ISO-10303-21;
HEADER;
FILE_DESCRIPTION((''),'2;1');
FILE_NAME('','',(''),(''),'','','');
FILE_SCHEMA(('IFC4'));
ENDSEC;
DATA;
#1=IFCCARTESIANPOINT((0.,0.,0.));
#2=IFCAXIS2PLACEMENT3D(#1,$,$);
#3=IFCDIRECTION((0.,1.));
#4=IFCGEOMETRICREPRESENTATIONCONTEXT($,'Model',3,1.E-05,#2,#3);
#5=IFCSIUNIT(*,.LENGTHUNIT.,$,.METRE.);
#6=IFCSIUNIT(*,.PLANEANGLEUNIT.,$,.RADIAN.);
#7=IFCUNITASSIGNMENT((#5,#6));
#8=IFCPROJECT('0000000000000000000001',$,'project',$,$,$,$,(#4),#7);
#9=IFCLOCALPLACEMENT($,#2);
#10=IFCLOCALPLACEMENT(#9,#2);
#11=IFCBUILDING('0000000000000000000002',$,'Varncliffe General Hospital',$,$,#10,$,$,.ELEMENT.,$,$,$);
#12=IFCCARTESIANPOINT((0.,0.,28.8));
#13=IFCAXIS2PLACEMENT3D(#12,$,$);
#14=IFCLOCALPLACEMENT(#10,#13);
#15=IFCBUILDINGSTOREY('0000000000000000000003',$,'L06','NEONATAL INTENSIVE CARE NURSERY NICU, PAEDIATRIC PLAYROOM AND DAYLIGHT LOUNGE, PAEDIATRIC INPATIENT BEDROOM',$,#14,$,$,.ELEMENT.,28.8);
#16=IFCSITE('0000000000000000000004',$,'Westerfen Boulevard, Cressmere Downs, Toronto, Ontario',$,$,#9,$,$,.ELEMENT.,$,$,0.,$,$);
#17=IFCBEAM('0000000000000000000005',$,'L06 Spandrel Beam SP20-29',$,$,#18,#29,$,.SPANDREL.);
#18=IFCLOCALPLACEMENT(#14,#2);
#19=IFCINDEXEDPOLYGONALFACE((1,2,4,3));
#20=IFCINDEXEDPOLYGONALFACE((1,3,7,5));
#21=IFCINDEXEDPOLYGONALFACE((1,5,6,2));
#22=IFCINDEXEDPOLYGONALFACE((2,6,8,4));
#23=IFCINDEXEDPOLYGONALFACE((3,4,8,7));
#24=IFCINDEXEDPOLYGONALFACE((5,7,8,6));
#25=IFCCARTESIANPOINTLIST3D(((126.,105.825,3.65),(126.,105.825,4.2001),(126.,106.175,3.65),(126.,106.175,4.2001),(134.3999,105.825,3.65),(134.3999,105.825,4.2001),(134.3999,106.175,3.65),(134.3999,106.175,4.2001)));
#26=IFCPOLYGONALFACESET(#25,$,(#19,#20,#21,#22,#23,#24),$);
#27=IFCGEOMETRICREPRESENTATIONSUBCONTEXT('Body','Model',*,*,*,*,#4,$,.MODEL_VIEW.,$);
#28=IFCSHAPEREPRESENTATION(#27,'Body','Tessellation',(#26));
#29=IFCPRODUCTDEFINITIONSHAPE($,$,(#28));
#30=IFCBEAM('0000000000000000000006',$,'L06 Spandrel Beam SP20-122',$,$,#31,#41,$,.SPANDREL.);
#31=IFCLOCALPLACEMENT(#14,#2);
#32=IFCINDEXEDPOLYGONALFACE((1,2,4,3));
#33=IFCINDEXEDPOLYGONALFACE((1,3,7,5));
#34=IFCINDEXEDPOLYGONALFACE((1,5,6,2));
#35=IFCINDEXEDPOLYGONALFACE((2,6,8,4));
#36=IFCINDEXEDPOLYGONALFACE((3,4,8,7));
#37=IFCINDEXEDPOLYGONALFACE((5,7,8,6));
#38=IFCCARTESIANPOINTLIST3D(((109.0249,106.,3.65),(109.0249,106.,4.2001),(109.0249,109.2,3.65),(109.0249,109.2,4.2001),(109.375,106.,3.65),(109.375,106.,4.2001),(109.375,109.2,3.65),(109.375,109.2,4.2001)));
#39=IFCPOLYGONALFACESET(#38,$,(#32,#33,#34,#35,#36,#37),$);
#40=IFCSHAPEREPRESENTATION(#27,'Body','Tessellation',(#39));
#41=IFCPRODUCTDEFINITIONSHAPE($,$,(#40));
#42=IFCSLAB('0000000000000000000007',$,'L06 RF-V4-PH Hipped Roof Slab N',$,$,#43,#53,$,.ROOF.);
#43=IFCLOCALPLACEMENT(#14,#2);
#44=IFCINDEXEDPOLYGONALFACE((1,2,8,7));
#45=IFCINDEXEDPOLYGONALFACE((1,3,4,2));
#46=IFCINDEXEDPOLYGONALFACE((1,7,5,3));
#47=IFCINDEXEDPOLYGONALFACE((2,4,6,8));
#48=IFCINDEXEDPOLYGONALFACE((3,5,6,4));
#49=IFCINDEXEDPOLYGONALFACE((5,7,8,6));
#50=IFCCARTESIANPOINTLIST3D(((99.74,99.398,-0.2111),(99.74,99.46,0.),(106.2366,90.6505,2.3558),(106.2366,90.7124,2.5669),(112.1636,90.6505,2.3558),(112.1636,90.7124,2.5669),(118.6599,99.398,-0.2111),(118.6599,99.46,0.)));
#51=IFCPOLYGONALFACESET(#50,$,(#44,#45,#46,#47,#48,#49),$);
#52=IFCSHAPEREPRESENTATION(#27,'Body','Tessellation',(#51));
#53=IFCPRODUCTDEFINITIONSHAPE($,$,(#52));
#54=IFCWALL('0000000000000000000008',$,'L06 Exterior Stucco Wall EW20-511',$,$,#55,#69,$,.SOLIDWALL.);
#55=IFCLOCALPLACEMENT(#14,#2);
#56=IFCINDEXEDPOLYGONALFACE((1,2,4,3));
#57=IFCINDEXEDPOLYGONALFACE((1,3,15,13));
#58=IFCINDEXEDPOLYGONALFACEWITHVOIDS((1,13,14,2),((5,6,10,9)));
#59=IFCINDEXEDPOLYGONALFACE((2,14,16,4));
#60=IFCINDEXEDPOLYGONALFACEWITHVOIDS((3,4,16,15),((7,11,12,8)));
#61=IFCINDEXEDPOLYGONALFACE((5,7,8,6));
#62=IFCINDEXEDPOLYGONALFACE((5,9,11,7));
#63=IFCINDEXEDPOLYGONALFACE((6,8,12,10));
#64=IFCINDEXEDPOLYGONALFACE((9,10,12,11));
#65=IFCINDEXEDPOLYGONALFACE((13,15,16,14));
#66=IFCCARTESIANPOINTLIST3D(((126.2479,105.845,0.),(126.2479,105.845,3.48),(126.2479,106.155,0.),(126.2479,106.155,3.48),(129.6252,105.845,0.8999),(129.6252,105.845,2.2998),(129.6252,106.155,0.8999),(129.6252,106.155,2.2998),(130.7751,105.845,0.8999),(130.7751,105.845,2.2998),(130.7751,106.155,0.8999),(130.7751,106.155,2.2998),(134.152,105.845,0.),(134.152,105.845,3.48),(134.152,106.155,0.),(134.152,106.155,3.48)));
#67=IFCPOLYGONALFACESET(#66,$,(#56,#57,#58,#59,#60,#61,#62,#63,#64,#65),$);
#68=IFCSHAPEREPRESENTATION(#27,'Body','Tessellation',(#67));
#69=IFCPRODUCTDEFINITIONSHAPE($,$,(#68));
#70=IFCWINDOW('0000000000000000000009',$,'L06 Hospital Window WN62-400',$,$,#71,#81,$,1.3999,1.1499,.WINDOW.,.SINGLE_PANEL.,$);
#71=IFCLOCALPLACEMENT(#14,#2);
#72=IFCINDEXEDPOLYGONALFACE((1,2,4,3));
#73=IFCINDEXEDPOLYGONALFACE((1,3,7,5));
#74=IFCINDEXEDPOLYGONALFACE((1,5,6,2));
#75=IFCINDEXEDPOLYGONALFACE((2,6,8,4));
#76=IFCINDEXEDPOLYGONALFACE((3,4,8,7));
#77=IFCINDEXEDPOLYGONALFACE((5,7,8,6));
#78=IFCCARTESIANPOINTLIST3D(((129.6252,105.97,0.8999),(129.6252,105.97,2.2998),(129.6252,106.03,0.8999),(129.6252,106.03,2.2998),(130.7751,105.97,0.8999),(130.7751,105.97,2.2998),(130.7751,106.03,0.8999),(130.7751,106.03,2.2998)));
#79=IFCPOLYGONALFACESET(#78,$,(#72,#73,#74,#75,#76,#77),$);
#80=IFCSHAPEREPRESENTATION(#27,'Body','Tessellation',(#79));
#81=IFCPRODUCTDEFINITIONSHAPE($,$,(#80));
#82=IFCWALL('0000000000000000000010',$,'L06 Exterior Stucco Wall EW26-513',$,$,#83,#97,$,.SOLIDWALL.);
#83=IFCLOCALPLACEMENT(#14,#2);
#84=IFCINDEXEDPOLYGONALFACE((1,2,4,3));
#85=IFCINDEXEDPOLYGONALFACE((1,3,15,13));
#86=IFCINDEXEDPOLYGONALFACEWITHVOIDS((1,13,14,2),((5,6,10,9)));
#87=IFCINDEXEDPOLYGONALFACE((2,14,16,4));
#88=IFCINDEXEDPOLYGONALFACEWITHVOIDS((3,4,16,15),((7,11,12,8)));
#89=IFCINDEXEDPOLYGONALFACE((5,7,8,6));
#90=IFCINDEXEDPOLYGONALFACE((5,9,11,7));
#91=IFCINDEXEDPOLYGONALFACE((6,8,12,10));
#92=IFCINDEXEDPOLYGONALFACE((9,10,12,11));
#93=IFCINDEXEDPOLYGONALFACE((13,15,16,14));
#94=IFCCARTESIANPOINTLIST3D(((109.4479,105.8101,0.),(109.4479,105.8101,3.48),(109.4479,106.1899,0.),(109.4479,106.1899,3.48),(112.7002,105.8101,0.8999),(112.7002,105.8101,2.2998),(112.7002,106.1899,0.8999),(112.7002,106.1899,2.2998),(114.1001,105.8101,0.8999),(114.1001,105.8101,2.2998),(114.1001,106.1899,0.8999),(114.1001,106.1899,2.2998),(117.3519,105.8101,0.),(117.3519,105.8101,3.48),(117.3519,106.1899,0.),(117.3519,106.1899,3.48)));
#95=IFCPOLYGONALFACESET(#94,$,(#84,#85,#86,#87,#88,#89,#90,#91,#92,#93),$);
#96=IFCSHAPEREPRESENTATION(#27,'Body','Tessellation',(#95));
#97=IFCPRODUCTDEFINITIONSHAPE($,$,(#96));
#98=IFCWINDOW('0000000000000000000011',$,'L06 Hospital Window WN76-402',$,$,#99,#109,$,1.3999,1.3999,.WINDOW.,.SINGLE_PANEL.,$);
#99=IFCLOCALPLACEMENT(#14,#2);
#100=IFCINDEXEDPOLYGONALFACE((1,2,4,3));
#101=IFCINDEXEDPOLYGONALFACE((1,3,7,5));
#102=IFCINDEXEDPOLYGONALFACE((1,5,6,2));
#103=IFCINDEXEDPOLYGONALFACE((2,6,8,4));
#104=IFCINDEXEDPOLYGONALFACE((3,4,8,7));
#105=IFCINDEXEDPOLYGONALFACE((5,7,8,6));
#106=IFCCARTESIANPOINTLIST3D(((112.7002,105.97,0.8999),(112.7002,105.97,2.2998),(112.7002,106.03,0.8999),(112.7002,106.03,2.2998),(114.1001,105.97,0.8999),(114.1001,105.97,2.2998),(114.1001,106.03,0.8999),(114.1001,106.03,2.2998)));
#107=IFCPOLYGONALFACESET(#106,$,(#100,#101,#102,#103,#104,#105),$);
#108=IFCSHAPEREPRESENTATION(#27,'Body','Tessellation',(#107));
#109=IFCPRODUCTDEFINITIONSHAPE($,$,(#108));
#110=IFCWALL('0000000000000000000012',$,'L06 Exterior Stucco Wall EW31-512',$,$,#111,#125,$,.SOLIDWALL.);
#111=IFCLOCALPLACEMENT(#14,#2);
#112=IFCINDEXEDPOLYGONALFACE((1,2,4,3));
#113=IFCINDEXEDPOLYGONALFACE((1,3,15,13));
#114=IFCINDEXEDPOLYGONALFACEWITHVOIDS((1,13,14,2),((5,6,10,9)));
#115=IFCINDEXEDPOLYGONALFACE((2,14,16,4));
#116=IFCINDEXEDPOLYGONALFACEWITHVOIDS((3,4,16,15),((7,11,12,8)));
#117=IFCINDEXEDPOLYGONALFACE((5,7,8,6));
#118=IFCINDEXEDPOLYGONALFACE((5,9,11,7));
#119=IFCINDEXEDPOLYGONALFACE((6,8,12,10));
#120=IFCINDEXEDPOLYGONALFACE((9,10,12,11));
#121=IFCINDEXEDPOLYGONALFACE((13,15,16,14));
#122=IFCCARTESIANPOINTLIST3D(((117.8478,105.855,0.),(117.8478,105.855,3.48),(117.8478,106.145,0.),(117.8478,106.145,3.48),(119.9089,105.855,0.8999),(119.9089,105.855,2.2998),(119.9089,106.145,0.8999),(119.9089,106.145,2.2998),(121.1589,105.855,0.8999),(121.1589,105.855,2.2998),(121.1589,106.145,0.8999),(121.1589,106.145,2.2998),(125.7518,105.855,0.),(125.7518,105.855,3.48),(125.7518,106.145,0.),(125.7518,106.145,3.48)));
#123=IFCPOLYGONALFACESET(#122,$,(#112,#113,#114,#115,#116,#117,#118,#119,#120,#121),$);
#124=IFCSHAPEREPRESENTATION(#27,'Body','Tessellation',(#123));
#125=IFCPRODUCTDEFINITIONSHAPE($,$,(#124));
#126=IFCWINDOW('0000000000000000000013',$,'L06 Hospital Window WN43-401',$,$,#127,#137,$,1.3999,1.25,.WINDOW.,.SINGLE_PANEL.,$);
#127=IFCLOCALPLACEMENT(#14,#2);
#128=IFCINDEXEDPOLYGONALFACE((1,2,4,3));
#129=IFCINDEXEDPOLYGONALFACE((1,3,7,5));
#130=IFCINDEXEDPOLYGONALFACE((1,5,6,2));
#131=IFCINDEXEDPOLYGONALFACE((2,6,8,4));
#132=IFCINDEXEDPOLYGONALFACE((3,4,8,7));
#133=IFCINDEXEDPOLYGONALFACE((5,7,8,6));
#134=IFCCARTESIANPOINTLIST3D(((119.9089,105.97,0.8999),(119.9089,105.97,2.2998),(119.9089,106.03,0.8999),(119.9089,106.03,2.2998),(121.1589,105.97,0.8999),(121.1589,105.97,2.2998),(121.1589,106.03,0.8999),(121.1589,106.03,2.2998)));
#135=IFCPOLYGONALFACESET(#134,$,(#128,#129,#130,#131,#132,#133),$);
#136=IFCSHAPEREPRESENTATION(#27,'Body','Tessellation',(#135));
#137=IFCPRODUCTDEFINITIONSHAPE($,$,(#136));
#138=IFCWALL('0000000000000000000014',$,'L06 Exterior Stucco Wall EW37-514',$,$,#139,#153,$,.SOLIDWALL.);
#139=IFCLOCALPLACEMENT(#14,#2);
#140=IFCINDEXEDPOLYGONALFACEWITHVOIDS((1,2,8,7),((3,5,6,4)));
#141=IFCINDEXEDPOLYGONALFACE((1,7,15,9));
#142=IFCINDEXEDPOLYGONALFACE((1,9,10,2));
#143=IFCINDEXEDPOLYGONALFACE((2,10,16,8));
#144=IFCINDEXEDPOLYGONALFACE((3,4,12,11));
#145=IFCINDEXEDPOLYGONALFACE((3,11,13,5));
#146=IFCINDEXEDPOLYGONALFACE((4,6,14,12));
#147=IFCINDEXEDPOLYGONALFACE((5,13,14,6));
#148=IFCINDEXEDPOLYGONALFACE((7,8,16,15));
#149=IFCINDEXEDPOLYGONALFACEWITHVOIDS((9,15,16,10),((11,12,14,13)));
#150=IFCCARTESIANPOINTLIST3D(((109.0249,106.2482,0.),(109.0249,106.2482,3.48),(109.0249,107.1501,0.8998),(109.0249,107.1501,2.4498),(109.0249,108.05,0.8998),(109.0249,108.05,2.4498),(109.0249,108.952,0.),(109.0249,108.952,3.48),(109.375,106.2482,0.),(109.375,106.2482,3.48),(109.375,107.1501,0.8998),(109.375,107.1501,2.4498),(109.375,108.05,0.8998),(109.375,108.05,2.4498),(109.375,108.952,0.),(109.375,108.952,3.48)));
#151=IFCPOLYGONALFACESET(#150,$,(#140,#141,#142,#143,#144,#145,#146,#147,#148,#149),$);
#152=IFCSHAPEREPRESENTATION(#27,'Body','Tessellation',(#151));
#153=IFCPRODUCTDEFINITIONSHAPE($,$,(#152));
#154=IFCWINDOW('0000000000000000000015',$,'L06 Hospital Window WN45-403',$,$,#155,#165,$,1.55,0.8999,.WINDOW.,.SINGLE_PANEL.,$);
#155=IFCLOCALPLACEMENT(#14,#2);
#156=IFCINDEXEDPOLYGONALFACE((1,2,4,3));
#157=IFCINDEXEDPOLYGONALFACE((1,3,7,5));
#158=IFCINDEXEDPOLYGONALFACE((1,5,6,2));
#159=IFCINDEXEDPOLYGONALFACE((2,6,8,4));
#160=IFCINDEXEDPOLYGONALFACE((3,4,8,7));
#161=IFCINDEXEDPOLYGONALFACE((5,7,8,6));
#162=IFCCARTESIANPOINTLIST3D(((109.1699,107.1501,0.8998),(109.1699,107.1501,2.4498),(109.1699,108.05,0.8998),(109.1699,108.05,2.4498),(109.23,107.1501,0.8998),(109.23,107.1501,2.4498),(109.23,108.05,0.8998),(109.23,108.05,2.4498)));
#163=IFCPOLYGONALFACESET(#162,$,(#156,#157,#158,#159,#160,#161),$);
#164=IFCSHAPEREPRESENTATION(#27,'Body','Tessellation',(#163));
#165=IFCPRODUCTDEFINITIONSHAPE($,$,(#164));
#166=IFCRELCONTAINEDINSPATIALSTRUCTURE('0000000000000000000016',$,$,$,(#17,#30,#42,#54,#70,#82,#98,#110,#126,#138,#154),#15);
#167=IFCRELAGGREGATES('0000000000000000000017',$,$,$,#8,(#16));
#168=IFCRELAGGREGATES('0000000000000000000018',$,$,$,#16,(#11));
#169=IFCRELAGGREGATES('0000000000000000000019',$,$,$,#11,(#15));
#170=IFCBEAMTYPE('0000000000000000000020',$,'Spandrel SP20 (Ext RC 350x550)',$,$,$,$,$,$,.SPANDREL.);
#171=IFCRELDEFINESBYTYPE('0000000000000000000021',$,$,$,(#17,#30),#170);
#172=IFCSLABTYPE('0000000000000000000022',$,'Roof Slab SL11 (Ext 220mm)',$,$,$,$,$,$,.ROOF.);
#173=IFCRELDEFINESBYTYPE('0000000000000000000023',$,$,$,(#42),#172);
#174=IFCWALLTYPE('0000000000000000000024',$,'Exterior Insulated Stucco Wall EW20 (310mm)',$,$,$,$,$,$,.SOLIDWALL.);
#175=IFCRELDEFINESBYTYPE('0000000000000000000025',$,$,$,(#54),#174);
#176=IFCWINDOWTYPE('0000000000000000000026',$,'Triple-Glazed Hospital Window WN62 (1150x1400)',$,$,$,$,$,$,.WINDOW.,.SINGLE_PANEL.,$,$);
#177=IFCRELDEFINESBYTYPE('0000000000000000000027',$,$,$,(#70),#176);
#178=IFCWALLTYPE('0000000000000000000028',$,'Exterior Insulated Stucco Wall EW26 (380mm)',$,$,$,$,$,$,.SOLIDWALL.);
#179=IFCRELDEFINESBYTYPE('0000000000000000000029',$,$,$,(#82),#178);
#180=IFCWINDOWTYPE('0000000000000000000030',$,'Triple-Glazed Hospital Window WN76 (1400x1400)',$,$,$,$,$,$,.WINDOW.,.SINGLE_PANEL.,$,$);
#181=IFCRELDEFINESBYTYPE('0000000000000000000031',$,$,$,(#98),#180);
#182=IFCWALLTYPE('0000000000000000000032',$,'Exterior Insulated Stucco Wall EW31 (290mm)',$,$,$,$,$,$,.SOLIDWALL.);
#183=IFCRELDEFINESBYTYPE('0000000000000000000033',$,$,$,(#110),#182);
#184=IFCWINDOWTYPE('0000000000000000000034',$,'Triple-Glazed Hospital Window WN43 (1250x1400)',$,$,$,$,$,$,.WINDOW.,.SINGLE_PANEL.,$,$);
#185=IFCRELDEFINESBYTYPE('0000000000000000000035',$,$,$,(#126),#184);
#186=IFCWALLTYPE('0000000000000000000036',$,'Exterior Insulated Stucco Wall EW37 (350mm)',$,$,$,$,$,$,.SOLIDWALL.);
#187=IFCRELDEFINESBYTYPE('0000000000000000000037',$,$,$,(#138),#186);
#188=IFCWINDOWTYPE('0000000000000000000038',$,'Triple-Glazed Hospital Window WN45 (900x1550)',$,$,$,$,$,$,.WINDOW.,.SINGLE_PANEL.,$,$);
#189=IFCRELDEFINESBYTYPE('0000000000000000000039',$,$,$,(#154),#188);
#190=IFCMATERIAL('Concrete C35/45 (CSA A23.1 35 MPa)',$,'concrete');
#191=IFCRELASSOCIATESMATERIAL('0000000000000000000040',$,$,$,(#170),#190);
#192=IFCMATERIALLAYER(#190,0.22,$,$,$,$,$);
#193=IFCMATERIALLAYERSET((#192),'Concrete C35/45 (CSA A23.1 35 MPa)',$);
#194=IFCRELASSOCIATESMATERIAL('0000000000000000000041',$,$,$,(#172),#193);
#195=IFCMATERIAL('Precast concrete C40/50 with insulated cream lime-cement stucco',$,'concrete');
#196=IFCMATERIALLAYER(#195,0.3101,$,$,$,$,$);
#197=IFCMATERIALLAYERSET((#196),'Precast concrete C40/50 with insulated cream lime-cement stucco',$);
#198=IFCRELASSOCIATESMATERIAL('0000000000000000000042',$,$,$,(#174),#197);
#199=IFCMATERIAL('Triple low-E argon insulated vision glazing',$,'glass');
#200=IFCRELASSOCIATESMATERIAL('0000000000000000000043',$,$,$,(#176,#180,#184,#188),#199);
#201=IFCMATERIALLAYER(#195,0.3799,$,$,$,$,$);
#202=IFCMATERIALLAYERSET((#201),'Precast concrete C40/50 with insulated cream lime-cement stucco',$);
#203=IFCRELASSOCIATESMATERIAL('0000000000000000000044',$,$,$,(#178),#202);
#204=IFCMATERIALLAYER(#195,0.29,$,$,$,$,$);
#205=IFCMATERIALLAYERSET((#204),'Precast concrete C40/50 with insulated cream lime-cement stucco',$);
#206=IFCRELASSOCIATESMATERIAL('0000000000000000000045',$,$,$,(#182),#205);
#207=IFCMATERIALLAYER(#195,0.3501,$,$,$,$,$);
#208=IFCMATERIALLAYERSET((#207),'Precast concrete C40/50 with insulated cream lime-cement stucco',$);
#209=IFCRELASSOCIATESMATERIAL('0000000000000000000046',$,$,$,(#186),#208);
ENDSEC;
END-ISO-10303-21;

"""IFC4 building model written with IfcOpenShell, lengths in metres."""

from ifc_helpers import new_model, si_unit, direction, frame, frame_2d, origin, origin_2d, place, context, subcontext, project, spatial, polyline, rectangle, outline, extrude, material, layer, layer_set, material_profile, profile_set, type_object, element, fill, save


model = new_model("IFC4")

# Units and contexts
model_context = context("Model", 3, precision=1e-05, world=origin(), true_north=direction((0.0, 1.0)))
body_context = subcontext(model_context, "Body", "Model", "MODEL_VIEW")
ifc_project = project(units=[si_unit("LENGTHUNIT", "METRE"), si_unit("PLANEANGLEUNIT", "RADIAN")], contexts=[model_context])

# Site, building, storey
site_placement = place(None, origin())
site = spatial("IfcSite", under=ifc_project, at=site_placement, Name="Westerfen Boulevard, Cressmere Downs, Toronto, Ontario", CompositionType="ELEMENT", RefElevation=0.0)
building_placement = place(site_placement, origin())
building = spatial("IfcBuilding", under=site, at=building_placement, Name="Varncliffe General Hospital", CompositionType="ELEMENT")
storey_placement = place(building_placement, frame((0.0, 0.0, 28.8)))
storey = spatial("IfcBuildingStorey", under=building, at=storey_placement, Name="L06", Description="NEONATAL INTENSIVE CARE NURSERY NICU, PAEDIATRIC PLAYROOM AND DAYLIGHT LOUNGE, PAEDIATRIC INPATIENT BEDROOM", CompositionType="ELEMENT", Elevation=28.8)

# Shared definitions
ifc_material_1 = material(Name="Concrete C35/45 (CSA A23.1 35 MPa)", Category="concrete")

# Beams
ifc_material_profile_1 = material_profile(ifc_material_1, rectangle(XDim=0.3501, YDim=0.55, at=origin_2d()), Name="RC 350x550")
ifc_profile_set_1 = profile_set([ifc_material_profile_1], Name="Concrete C35/45 (CSA A23.1 35 MPa)")
beam_type_1 = type_object("IfcBeamType", Name="Spandrel SP20 (Ext RC 350x550)", PredefinedType="SPANDREL", material=ifc_profile_set_1)
for number, where, z_axis, x_axis, name in (
    (1, (126.0, 106.0, 3.925), (1.0, 0.0, 0.0), (0.0, 1.0, 0.0), "L06 Spandrel Beam SP20-29"),
):
    element("IfcBeam", number, at=place(storey_placement, frame(where, z_axis=z_axis, x_axis=x_axis)), inside=storey, type_object=beam_type_1, Name=name, PredefinedType="SPANDREL", context=body_context, shape_type="SweptSolid", body=[
        extrude(rectangle(XDim=0.3501, YDim=0.55, at=origin_2d()), origin(), (0.0, 0.0, 1.0), 8.3999),
    ])
beam_1_placement = place(storey_placement, frame((109.2, 106.0, 3.925), z_axis=(0.0, 1.0, 0.0), x_axis=(-1.0, 0.0, 0.0)))
element("IfcBeam", 2, at=beam_1_placement, inside=storey, type_object=beam_type_1, Name="L06 Spandrel Beam SP20-122", PredefinedType="SPANDREL", context=body_context, shape_type="SweptSolid", body=[
    extrude(rectangle(XDim=0.3501, YDim=0.55, at=origin_2d()), origin(), (0.0, 0.0, 1.0), 3.2),
])

# Slab
ifc_layer_1 = layer(ifc_material_1, 0.22)
ifc_layer_set_1 = layer_set([ifc_layer_1], Name="Concrete C35/45 (CSA A23.1 35 MPa)")
slab_type = type_object("IfcSlabType", Name="Roof Slab SL11 (Ext 220mm)", PredefinedType="ROOF", material=ifc_layer_set_1)
slab_placement = place(storey_placement, frame((118.6599, 99.46, 0.0), z_axis=(0.0, 0.281569, 0.959541), x_axis=(-1.0, 0.0, 0.0)))
element("IfcSlab", 3, at=slab_placement, inside=storey, type_object=slab_type, Name="L06 RF-V4-PH Hipped Roof Slab N", PredefinedType="ROOF", context=body_context, shape_type="SweptSolid", body=[
    extrude(outline(polyline([(0.0, 0.0), (18.9199, 0.0), (12.4233, 9.1164), (6.4963, 9.1164), (0.0, 0.0)])), origin(), (0.0, 0.0, -1.0), 0.22),
])

# Walls, openings, windows
ifc_material_2 = material(Name="Precast concrete C40/50 with insulated cream lime-cement stucco", Category="concrete")
ifc_layer_2 = layer(ifc_material_2, 0.3101)
ifc_layer_set_2 = layer_set([ifc_layer_2], Name="Precast concrete C40/50 with insulated cream lime-cement stucco")
wall_type_1 = type_object("IfcWallType", Name="Exterior Insulated Stucco Wall EW20 (310mm)", PredefinedType="SOLIDWALL", material=ifc_layer_set_2)
wall_1_placement = place(storey_placement, frame((134.1521, 106.0, 0.0), z_axis=(0.0, 0.0, 1.0), x_axis=(-1.0, 0.0, 0.0)))
wall_1 = element("IfcWall", 4, at=wall_1_placement, inside=storey, type_object=wall_type_1, Name="L06 Exterior Stucco Wall EW20-511", PredefinedType="SOLIDWALL", context=body_context, shape_type="SweptSolid", body=[
    extrude(rectangle(XDim=7.9041, YDim=0.3101, at=frame_2d((3.9521, 0.0))), origin(), (0.0, 0.0, 1.0), 3.48),
])
opening_1_placement = place(wall_1_placement, frame((3.377, 0.0, 0.8999)))
opening_1 = element("IfcOpeningElement", 5, at=opening_1_placement, cuts=wall_1, PredefinedType="OPENING", context=body_context, shape_type="SweptSolid", body=[
    extrude(rectangle(XDim=1.1499, YDim=1.3999, at=frame_2d((0.575, 0.7))), frame((0.0, 0.165, 0.0), z_axis=(0.0, -1.0, 0.0), x_axis=(1.0, 0.0, 0.0)), (0.0, 0.0, 1.0), 0.3301),
])
ifc_material_3 = material(Name="Triple low-E argon insulated vision glazing", Category="glass")
window_type_1 = type_object("IfcWindowType", Name="Triple-Glazed Hospital Window WN62 (1150x1400)", PartitioningType="SINGLE_PANEL", PredefinedType="WINDOW", material=ifc_material_3)
window_1_placement = place(opening_1_placement, origin())
window_1 = element("IfcWindow", 6, at=window_1_placement, inside=storey, type_object=window_type_1, Name="L06 Hospital Window WN62-400", OverallHeight=1.3999, OverallWidth=1.1499, PartitioningType="SINGLE_PANEL", PredefinedType="WINDOW", context=body_context, shape_type="SweptSolid", body=[
    extrude(rectangle(XDim=1.1499, YDim=1.3999, at=frame_2d((0.575, 0.7))), frame((0.0, 0.03, 0.0), z_axis=(0.0, -1.0, 0.0), x_axis=(1.0, 0.0, 0.0)), (0.0, 0.0, 1.0), 0.0601),
])
fill(opening_1, window_1)
ifc_layer_3 = layer(ifc_material_2, 0.3799)
ifc_layer_set_3 = layer_set([ifc_layer_3], Name="Precast concrete C40/50 with insulated cream lime-cement stucco")
wall_type_2 = type_object("IfcWallType", Name="Exterior Insulated Stucco Wall EW26 (380mm)", PredefinedType="SOLIDWALL", material=ifc_layer_set_3)
wall_2_placement = place(storey_placement, frame((117.3521, 106.0, 0.0), z_axis=(0.0, 0.0, 1.0), x_axis=(-1.0, 0.0, 0.0)))
wall_2 = element("IfcWall", 7, at=wall_2_placement, inside=storey, type_object=wall_type_2, Name="L06 Exterior Stucco Wall EW26-513", PredefinedType="SOLIDWALL", context=body_context, shape_type="SweptSolid", body=[
    extrude(rectangle(XDim=7.9041, YDim=0.3799, at=frame_2d((3.9521, 0.0))), origin(), (0.0, 0.0, 1.0), 3.48),
])
opening_2_placement = place(wall_2_placement, frame((3.252, 0.0, 0.8999)))
opening_2 = element("IfcOpeningElement", 8, at=opening_2_placement, cuts=wall_2, PredefinedType="OPENING", context=body_context, shape_type="SweptSolid", body=[
    extrude(rectangle(XDim=1.3999, YDim=1.3999, at=frame_2d((0.7, 0.7))), frame((0.0, 0.2, 0.0), z_axis=(0.0, -1.0, 0.0), x_axis=(1.0, 0.0, 0.0)), (0.0, 0.0, 1.0), 0.3999),
])
window_type_2 = type_object("IfcWindowType", Name="Triple-Glazed Hospital Window WN76 (1400x1400)", PartitioningType="SINGLE_PANEL", PredefinedType="WINDOW", material=ifc_material_3)
window_2_placement = place(opening_2_placement, origin())
window_2 = element("IfcWindow", 9, at=window_2_placement, inside=storey, type_object=window_type_2, Name="L06 Hospital Window WN76-402", OverallHeight=1.3999, OverallWidth=1.3999, PartitioningType="SINGLE_PANEL", PredefinedType="WINDOW", context=body_context, shape_type="SweptSolid", body=[
    extrude(rectangle(XDim=1.3999, YDim=1.3999, at=frame_2d((0.7, 0.7))), frame((0.0, 0.03, 0.0), z_axis=(0.0, -1.0, 0.0), x_axis=(1.0, 0.0, 0.0)), (0.0, 0.0, 1.0), 0.0601),
])
fill(opening_2, window_2)
ifc_layer_4 = layer(ifc_material_2, 0.29)
ifc_layer_set_4 = layer_set([ifc_layer_4], Name="Precast concrete C40/50 with insulated cream lime-cement stucco")
wall_type_3 = type_object("IfcWallType", Name="Exterior Insulated Stucco Wall EW31 (290mm)", PredefinedType="SOLIDWALL", material=ifc_layer_set_4)
wall_3_placement = place(storey_placement, frame((125.752, 106.0, 0.0), z_axis=(0.0, 0.0, 1.0), x_axis=(-1.0, 0.0, 0.0)))
wall_3 = element("IfcWall", 10, at=wall_3_placement, inside=storey, type_object=wall_type_3, Name="L06 Exterior Stucco Wall EW31-512", PredefinedType="SOLIDWALL", context=body_context, shape_type="SweptSolid", body=[
    extrude(rectangle(XDim=7.9041, YDim=0.29, at=frame_2d((3.9521, 0.0))), origin(), (0.0, 0.0, 1.0), 3.48),
])
opening_3_placement = place(wall_3_placement, frame((4.593, 0.0, 0.8999)))
opening_3 = element("IfcOpeningElement", 11, at=opening_3_placement, cuts=wall_3, PredefinedType="OPENING", context=body_context, shape_type="SweptSolid", body=[
    extrude(rectangle(XDim=1.25, YDim=1.3999, at=frame_2d((0.625, 0.7))), frame((0.0, 0.155, 0.0), z_axis=(0.0, -1.0, 0.0), x_axis=(1.0, 0.0, 0.0)), (0.0, 0.0, 1.0), 0.3101),
])
window_type_3 = type_object("IfcWindowType", Name="Triple-Glazed Hospital Window WN43 (1250x1400)", PartitioningType="SINGLE_PANEL", PredefinedType="WINDOW", material=ifc_material_3)
window_3_placement = place(opening_3_placement, origin())
window_3 = element("IfcWindow", 12, at=window_3_placement, inside=storey, type_object=window_type_3, Name="L06 Hospital Window WN43-401", OverallHeight=1.3999, OverallWidth=1.25, PartitioningType="SINGLE_PANEL", PredefinedType="WINDOW", context=body_context, shape_type="SweptSolid", body=[
    extrude(rectangle(XDim=1.25, YDim=1.3999, at=frame_2d((0.625, 0.7))), frame((0.0, 0.03, 0.0), z_axis=(0.0, -1.0, 0.0), x_axis=(1.0, 0.0, 0.0)), (0.0, 0.0, 1.0), 0.0601),
])
fill(opening_3, window_3)
ifc_layer_5 = layer(ifc_material_2, 0.3501)
ifc_layer_set_5 = layer_set([ifc_layer_5], Name="Precast concrete C40/50 with insulated cream lime-cement stucco")
wall_type_4 = type_object("IfcWallType", Name="Exterior Insulated Stucco Wall EW37 (350mm)", PredefinedType="SOLIDWALL", material=ifc_layer_set_5)
wall_4_placement = place(storey_placement, frame((109.2, 106.248, 0.0), z_axis=(0.0, 0.0, 1.0), x_axis=(0.0, 1.0, 0.0)))
wall_4 = element("IfcWall", 13, at=wall_4_placement, inside=storey, type_object=wall_type_4, Name="L06 Exterior Stucco Wall EW37-514", PredefinedType="SOLIDWALL", context=body_context, shape_type="SweptSolid", body=[
    extrude(rectangle(XDim=2.7039, YDim=0.3501, at=frame_2d((1.3521, 0.0))), origin(), (0.0, 0.0, 1.0), 3.48),
])
opening_4_placement = place(wall_4_placement, frame((0.9021, 0.0, 0.8999)))
opening_4 = element("IfcOpeningElement", 14, at=opening_4_placement, cuts=wall_4, PredefinedType="OPENING", context=body_context, shape_type="SweptSolid", body=[
    extrude(rectangle(XDim=0.8999, YDim=1.55, at=frame_2d((0.45, 0.7749))), frame((0.0, 0.1851, 0.0), z_axis=(0.0, -1.0, 0.0), x_axis=(1.0, 0.0, 0.0)), (0.0, 0.0, 1.0), 0.3701),
])
window_type_4 = type_object("IfcWindowType", Name="Triple-Glazed Hospital Window WN45 (900x1550)", PartitioningType="SINGLE_PANEL", PredefinedType="WINDOW", material=ifc_material_3)
window_4_placement = place(opening_4_placement, origin())
window_4 = element("IfcWindow", 15, at=window_4_placement, inside=storey, type_object=window_type_4, Name="L06 Hospital Window WN45-403", OverallHeight=1.55, OverallWidth=0.8999, PartitioningType="SINGLE_PANEL", PredefinedType="WINDOW", context=body_context, shape_type="SweptSolid", body=[
    extrude(rectangle(XDim=0.8999, YDim=1.55, at=frame_2d((0.45, 0.7749))), frame((0.0, 0.03, 0.0), z_axis=(0.0, -1.0, 0.0), x_axis=(1.0, 0.0, 0.0)), (0.0, 0.0, 1.0), 0.0601),
])
fill(opening_4, window_4)

save(model, "model.ifc")
